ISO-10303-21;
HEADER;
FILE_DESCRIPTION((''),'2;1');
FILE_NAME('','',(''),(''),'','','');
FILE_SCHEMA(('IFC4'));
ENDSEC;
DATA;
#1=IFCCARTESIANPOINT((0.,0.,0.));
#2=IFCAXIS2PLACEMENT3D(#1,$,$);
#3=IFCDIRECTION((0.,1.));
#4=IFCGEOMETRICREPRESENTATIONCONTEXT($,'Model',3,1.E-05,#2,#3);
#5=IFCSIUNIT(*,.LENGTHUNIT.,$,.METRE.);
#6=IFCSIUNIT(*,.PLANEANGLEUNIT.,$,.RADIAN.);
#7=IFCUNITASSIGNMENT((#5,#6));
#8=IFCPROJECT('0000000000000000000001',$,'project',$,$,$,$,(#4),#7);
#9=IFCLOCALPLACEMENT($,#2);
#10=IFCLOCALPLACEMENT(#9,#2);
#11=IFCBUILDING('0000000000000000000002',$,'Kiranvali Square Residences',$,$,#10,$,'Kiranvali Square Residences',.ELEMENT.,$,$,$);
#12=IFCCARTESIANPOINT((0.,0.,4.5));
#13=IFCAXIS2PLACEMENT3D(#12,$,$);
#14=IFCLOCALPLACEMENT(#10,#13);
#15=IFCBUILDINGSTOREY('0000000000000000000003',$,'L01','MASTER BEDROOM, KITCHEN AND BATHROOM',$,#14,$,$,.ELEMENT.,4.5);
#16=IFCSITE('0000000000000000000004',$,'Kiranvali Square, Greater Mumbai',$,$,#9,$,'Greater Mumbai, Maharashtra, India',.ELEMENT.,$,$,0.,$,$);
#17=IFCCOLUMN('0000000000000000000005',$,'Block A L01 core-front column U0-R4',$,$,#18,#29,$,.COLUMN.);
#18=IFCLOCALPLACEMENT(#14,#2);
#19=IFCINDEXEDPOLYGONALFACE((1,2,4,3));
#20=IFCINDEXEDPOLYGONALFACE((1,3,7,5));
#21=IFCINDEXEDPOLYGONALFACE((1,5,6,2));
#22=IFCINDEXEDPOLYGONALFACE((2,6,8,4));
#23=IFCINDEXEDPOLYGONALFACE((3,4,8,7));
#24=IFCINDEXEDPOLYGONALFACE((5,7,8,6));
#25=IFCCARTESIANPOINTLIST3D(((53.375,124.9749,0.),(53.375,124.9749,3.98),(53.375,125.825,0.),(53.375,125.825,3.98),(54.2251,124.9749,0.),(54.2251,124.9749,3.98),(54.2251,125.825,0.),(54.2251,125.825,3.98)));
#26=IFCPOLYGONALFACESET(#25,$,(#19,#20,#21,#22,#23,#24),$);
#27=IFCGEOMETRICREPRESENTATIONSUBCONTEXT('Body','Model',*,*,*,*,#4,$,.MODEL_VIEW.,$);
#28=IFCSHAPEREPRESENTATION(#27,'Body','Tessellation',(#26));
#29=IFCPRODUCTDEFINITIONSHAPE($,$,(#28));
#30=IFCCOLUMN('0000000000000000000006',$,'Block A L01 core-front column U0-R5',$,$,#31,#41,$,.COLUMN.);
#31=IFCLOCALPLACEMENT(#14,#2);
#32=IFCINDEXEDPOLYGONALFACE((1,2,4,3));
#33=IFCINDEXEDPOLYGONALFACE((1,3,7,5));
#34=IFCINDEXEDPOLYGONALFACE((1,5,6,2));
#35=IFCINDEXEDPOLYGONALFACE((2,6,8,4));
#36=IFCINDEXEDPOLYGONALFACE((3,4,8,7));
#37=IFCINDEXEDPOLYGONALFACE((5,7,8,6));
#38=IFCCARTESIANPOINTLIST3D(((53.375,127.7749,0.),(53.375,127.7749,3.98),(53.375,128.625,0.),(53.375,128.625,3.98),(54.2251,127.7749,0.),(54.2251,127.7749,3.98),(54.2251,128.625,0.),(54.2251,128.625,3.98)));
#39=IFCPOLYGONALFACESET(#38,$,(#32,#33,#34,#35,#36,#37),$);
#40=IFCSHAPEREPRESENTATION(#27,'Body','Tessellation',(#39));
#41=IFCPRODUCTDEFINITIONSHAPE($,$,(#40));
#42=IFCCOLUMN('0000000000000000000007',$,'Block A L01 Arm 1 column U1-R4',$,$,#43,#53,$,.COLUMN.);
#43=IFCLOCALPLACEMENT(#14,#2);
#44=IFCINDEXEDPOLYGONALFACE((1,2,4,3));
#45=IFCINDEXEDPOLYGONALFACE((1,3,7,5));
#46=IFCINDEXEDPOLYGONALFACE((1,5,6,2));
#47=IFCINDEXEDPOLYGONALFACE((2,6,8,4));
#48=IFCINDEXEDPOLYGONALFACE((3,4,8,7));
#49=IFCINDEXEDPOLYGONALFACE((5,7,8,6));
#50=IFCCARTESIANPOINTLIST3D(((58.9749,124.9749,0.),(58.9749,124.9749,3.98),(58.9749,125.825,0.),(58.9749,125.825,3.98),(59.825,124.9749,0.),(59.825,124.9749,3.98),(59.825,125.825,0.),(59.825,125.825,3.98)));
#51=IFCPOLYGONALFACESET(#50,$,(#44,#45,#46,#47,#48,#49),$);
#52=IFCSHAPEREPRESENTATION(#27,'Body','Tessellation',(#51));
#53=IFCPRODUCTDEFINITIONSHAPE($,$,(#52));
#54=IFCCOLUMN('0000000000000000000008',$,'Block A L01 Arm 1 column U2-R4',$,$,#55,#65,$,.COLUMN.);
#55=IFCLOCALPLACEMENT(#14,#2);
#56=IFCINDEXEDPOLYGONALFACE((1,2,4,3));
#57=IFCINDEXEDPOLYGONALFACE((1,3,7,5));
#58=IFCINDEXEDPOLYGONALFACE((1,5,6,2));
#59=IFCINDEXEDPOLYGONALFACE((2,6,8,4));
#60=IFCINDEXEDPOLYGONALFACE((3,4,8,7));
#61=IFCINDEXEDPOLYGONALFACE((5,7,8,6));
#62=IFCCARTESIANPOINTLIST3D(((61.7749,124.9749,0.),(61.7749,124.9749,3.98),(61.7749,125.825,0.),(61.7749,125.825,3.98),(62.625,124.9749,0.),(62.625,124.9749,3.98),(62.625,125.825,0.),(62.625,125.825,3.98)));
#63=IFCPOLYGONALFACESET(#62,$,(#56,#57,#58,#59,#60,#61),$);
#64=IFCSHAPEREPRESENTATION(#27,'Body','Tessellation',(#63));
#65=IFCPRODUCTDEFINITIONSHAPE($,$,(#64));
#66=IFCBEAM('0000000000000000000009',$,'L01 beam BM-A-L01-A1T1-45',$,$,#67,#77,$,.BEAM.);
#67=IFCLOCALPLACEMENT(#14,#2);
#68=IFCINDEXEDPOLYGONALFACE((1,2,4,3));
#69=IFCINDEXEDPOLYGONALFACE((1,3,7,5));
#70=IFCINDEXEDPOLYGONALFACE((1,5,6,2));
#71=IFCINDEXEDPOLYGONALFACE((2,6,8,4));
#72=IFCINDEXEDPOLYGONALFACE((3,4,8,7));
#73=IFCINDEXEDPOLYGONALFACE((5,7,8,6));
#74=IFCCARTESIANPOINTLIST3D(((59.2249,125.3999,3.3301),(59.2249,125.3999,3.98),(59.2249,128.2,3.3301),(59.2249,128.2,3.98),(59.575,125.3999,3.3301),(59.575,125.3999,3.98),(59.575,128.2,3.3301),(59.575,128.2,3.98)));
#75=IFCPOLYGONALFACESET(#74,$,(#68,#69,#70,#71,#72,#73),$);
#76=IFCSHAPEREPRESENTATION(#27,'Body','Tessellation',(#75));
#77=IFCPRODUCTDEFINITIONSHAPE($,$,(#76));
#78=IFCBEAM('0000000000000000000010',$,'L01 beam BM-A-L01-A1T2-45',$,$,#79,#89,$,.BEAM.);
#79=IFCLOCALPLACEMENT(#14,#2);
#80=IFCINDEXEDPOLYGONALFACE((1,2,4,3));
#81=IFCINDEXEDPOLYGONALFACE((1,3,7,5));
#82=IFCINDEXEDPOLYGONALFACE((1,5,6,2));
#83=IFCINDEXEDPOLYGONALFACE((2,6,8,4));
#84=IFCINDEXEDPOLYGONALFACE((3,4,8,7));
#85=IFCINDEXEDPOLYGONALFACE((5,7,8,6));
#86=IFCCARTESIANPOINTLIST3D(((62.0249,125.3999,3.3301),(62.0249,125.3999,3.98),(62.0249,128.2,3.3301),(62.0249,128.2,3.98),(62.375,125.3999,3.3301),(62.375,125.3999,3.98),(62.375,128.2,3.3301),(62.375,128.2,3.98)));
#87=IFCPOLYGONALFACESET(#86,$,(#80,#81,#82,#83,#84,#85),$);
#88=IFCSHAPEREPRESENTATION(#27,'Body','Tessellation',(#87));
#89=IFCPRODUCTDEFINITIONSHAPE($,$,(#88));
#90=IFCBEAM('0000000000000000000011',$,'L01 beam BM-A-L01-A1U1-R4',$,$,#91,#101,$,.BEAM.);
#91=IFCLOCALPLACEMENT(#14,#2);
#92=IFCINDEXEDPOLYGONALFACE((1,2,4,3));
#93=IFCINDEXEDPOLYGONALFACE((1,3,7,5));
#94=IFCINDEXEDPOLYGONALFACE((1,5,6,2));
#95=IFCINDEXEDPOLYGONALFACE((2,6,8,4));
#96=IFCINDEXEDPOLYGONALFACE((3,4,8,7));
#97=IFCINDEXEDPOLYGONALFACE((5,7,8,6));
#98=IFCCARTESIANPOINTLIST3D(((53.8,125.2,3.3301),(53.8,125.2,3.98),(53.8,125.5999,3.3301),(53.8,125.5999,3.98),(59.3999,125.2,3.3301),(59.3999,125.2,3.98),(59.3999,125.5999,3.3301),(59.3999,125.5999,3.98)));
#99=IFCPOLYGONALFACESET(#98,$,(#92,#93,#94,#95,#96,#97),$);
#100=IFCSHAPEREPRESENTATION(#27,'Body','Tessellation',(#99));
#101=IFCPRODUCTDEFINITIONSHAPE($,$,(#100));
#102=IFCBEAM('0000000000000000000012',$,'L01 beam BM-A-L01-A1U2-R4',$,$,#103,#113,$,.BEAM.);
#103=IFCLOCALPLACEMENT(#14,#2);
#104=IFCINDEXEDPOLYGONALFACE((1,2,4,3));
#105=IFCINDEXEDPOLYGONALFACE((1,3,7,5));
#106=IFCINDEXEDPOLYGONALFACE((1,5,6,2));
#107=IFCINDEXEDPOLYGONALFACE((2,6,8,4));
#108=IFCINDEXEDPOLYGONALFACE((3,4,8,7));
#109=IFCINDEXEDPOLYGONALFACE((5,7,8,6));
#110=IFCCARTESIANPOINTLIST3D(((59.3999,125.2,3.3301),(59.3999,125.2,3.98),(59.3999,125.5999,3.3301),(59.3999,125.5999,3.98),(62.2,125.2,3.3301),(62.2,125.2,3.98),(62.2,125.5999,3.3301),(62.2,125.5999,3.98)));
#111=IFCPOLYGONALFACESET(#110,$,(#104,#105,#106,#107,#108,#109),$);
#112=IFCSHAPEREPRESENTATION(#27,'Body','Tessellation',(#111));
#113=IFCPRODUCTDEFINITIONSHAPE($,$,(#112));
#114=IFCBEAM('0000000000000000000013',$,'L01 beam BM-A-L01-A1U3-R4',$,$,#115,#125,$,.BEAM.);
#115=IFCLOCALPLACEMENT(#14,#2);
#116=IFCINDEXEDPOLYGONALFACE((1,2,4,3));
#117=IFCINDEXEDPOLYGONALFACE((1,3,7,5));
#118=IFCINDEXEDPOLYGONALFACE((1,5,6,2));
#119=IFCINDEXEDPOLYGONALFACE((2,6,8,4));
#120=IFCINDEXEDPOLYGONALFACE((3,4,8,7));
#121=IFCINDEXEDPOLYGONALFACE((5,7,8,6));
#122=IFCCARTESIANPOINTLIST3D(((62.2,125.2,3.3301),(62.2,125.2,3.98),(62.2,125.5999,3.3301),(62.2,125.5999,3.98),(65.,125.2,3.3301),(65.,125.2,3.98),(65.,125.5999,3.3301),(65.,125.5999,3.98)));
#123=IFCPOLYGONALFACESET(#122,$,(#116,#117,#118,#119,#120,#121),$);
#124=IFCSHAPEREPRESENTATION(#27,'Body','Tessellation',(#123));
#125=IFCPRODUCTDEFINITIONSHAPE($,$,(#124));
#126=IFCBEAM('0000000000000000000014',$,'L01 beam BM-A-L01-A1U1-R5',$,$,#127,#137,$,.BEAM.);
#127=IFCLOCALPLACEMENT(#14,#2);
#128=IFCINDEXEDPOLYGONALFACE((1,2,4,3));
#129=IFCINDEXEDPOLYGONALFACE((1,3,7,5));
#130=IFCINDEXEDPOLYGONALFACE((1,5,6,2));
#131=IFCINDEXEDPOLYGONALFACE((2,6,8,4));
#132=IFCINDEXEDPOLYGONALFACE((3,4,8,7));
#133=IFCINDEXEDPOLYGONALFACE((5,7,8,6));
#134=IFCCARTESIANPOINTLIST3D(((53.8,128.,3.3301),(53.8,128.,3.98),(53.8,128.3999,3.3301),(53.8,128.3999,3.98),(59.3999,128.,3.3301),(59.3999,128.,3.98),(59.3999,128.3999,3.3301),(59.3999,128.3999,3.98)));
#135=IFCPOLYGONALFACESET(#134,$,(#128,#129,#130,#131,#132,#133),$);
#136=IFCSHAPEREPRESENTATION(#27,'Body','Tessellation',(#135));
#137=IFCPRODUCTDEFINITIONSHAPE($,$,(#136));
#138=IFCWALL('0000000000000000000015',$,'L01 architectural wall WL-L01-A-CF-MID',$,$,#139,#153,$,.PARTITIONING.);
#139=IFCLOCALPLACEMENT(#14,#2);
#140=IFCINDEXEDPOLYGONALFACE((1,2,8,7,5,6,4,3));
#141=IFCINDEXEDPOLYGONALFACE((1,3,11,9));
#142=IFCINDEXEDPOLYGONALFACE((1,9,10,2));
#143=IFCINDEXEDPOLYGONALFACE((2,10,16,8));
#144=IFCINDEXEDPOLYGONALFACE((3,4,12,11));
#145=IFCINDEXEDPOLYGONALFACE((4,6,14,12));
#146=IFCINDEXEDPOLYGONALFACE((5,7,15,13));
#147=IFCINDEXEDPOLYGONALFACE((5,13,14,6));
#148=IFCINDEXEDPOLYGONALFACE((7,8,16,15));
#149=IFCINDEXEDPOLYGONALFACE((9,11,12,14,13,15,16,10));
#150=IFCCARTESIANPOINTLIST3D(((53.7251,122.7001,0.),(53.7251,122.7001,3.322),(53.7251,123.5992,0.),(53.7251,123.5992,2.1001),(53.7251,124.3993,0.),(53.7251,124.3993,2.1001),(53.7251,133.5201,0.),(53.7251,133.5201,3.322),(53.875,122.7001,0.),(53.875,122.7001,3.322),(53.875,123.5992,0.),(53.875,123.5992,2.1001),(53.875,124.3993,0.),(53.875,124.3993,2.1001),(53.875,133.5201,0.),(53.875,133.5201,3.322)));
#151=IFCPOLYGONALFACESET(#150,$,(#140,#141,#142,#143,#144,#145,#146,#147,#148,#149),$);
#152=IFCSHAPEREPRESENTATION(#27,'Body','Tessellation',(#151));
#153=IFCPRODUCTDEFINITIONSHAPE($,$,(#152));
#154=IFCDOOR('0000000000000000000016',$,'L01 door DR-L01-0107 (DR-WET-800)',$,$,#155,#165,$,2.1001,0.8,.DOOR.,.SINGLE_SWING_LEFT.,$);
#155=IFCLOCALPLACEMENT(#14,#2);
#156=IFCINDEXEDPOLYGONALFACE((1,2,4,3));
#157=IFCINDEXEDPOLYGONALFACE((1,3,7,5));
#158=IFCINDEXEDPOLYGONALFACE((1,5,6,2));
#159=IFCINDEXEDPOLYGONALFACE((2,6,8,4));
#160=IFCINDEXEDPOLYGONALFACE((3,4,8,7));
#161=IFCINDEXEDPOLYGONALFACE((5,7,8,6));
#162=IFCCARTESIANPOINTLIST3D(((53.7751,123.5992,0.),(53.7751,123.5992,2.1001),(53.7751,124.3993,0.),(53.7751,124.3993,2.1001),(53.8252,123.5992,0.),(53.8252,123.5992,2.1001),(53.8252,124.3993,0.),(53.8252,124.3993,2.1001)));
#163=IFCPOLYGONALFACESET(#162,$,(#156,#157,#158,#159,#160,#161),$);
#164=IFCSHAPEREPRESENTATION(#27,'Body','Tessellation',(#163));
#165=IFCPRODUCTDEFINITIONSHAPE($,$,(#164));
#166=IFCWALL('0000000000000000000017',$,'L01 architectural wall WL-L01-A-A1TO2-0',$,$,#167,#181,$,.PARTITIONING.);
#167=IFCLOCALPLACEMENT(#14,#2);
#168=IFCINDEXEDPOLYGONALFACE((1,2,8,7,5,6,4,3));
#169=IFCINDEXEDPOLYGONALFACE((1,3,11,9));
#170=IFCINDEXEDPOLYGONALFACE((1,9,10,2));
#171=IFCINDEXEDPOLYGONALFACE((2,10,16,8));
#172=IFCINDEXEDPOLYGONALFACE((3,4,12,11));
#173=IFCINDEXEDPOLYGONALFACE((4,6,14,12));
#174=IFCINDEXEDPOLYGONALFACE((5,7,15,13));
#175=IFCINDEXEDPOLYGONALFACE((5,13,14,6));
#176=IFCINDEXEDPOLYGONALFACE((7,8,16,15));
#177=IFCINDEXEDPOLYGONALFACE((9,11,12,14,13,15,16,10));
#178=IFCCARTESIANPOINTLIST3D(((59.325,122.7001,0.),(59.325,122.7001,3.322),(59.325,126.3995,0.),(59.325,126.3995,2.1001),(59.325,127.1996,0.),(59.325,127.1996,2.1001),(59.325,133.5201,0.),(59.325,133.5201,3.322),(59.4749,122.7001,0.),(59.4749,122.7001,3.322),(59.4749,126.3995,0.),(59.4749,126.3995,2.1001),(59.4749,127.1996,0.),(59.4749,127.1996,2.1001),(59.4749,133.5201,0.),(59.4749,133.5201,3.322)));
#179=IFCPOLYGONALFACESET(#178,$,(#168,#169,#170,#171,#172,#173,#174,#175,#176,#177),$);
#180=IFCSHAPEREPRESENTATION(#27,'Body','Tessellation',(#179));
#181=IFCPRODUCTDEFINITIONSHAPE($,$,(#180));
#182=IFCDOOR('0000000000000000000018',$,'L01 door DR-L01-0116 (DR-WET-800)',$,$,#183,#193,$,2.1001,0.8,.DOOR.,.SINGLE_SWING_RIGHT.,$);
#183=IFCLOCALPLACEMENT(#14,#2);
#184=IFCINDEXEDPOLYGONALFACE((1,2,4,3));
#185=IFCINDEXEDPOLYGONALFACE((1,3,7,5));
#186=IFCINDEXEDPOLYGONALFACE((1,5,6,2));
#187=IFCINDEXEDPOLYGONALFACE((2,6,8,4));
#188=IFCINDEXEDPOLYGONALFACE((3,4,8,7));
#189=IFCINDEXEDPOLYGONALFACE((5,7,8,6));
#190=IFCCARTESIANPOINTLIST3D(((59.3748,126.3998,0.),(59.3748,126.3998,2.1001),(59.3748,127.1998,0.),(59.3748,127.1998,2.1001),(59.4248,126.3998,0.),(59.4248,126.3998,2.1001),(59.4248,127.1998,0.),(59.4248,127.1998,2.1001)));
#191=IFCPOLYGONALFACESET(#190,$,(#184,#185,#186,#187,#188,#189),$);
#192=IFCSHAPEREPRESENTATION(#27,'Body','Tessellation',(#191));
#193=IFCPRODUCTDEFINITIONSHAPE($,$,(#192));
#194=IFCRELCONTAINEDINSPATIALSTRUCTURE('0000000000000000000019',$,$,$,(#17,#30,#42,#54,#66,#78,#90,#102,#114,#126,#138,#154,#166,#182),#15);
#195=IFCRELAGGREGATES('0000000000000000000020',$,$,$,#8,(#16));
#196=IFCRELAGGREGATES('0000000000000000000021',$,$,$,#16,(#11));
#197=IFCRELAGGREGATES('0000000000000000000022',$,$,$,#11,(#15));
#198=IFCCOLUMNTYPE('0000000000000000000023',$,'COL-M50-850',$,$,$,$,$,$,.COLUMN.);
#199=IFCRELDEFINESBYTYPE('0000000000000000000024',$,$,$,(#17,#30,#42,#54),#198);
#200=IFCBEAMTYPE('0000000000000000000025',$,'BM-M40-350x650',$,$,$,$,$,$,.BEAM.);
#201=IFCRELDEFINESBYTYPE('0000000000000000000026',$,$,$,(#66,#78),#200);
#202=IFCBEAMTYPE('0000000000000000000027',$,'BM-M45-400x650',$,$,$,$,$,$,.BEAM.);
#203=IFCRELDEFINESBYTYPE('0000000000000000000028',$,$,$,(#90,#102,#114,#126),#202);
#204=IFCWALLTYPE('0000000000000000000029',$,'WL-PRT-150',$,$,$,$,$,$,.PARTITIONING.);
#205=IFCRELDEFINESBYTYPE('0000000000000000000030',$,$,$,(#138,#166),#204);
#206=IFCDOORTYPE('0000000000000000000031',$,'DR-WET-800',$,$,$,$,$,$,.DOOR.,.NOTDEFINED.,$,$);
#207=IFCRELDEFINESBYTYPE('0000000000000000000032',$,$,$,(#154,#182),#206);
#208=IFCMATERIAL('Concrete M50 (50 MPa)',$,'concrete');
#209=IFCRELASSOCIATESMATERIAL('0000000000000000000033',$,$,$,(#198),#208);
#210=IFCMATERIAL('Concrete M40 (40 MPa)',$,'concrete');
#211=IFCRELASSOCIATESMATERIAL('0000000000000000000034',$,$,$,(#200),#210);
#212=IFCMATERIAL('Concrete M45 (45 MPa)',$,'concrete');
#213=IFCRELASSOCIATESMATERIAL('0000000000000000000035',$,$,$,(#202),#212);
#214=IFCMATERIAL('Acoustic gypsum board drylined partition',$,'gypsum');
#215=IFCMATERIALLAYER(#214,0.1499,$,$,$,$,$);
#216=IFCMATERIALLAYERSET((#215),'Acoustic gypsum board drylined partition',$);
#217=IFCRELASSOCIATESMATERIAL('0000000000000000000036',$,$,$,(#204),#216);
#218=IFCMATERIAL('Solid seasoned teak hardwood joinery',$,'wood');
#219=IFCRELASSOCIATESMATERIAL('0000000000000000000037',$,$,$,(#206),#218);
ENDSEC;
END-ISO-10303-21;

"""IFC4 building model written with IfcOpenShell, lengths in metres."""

from ifc_helpers import new_model, si_unit, direction, frame, frame_2d, origin, origin_2d, place, context, subcontext, project, spatial, rectangle, extrude, material, layer, layer_set, material_profile, profile_set, type_object, element, fill, save


model = new_model("IFC4")

# Units and contexts
model_context = context("Model", 3, precision=1e-05, world=origin(), true_north=direction((0.0, 1.0)))
body_context = subcontext(model_context, "Body", "Model", "MODEL_VIEW")
ifc_project = project(units=[si_unit("LENGTHUNIT", "METRE"), si_unit("PLANEANGLEUNIT", "RADIAN")], contexts=[model_context])

# Site, building, storey
site_placement = place(None, origin())
site = spatial("IfcSite", under=ifc_project, at=site_placement, Name="Kiranvali Square, Greater Mumbai", LongName="Greater Mumbai, Maharashtra, India", CompositionType="ELEMENT", RefElevation=0.0)
building_placement = place(site_placement, origin())
building = spatial("IfcBuilding", under=site, at=building_placement, Name="Kiranvali Square Residences", LongName="Kiranvali Square Residences", CompositionType="ELEMENT")
storey_placement = place(building_placement, frame((0.0, 0.0, 4.5)))
storey = spatial("IfcBuildingStorey", under=building, at=storey_placement, Name="L01", Description="MASTER BEDROOM, KITCHEN AND BATHROOM", CompositionType="ELEMENT", Elevation=4.5)

# Columns
ifc_material_1 = material(Name="Concrete M50 (50 MPa)", Category="concrete")
ifc_material_profile_1 = material_profile(ifc_material_1, rectangle(XDim=0.8501, YDim=0.8501, at=origin_2d()), Name="RC 850x850")
ifc_profile_set_1 = profile_set([ifc_material_profile_1], Name="Concrete M50 (50 MPa)")
column_type = type_object("IfcColumnType", Name="COL-M50-850", PredefinedType="COLUMN", material=ifc_profile_set_1)
for number, where, z_axis, x_axis, name in (
    (1, (53.8, 125.3999, 0.0), (0.0, 0.0, 1.0), (1.0, 0.0, 0.0), "Block A L01 core-front column U0-R4"),
    (2, (53.8, 128.2, 0.0), (0.0, 0.0, 1.0), (1.0, 0.0, 0.0), "Block A L01 core-front column U0-R5"),
    (3, (59.3999, 125.3999, 0.0), (0.0, 0.0, 1.0), (1.0, 0.0, 0.0), "Block A L01 Arm 1 column U1-R4"),
    (4, (62.2, 125.3999, 0.0), (0.0, 0.0, 1.0), (1.0, 0.0, 0.0), "Block A L01 Arm 1 column U2-R4"),
):
    element("IfcColumn", number, at=place(storey_placement, frame(where, z_axis=z_axis, x_axis=x_axis)), inside=storey, type_object=column_type, Name=name, PredefinedType="COLUMN", context=body_context, shape_type="SweptSolid", body=[
        extrude(rectangle(XDim=0.8501, YDim=0.8501, at=origin_2d()), origin(), (0.0, 0.0, 1.0), 3.98),
    ])

# Beams
ifc_material_2 = material(Name="Concrete M40 (40 MPa)", Category="concrete")
ifc_material_profile_2 = material_profile(ifc_material_2, rectangle(XDim=0.3501, YDim=0.6499, at=origin_2d()), Name="RC 350x650")
ifc_profile_set_2 = profile_set([ifc_material_profile_2], Name="Concrete M40 (40 MPa)")
beam_type_1 = type_object("IfcBeamType", Name="BM-M40-350x650", PredefinedType="BEAM", material=ifc_profile_set_2)
for number, where, z_axis, x_axis, name in (
    (5, (59.3999, 125.3999, 3.655), (0.0, 1.0, 0.0), (-1.0, 0.0, 0.0), "L01 beam BM-A-L01-A1T1-45"),
    (6, (62.2, 125.3999, 3.655), (0.0, 1.0, 0.0), (-1.0, 0.0, 0.0), "L01 beam BM-A-L01-A1T2-45"),
):
    element("IfcBeam", number, at=place(storey_placement, frame(where, z_axis=z_axis, x_axis=x_axis)), inside=storey, type_object=beam_type_1, Name=name, PredefinedType="BEAM", context=body_context, shape_type="SweptSolid", body=[
        extrude(rectangle(XDim=0.3501, YDim=0.6499, at=origin_2d()), origin(), (0.0, 0.0, 1.0), 2.8),
    ])
ifc_material_3 = material(Name="Concrete M45 (45 MPa)", Category="concrete")
ifc_material_profile_3 = material_profile(ifc_material_3, rectangle(XDim=0.3999, YDim=0.6499, at=origin_2d()), Name="RC 400x650")
ifc_profile_set_3 = profile_set([ifc_material_profile_3], Name="Concrete M45 (45 MPa)")
beam_type_2 = type_object("IfcBeamType", Name="BM-M45-400x650", PredefinedType="BEAM", material=ifc_profile_set_3)
beam_1_placement = place(storey_placement, frame((53.8, 125.3999, 3.655), z_axis=(1.0, 0.0, 0.0), x_axis=(0.0, 1.0, 0.0)))
element("IfcBeam", 7, at=beam_1_placement, inside=storey, type_object=beam_type_2, Name="L01 beam BM-A-L01-A1U1-R4", PredefinedType="BEAM", context=body_context, shape_type="SweptSolid", body=[
    extrude(rectangle(XDim=0.3999, YDim=0.6499, at=origin_2d()), origin(), (0.0, 0.0, 1.0), 5.5999),
])
for number, where, z_axis, x_axis, name in (
    (8, (59.3999, 125.3999, 3.655), (1.0, 0.0, 0.0), (0.0, 1.0, 0.0), "L01 beam BM-A-L01-A1U2-R4"),
    (9, (62.2, 125.3999, 3.655), (1.0, 0.0, 0.0), (0.0, 1.0, 0.0), "L01 beam BM-A-L01-A1U3-R4"),
):
    element("IfcBeam", number, at=place(storey_placement, frame(where, z_axis=z_axis, x_axis=x_axis)), inside=storey, type_object=beam_type_2, Name=name, PredefinedType="BEAM", context=body_context, shape_type="SweptSolid", body=[
        extrude(rectangle(XDim=0.3999, YDim=0.6499, at=origin_2d()), origin(), (0.0, 0.0, 1.0), 2.8),
    ])
beam_2_placement = place(storey_placement, frame((53.8, 128.2, 3.655), z_axis=(1.0, 0.0, 0.0), x_axis=(0.0, 1.0, 0.0)))
element("IfcBeam", 10, at=beam_2_placement, inside=storey, type_object=beam_type_2, Name="L01 beam BM-A-L01-A1U1-R5", PredefinedType="BEAM", context=body_context, shape_type="SweptSolid", body=[
    extrude(rectangle(XDim=0.3999, YDim=0.6499, at=origin_2d()), origin(), (0.0, 0.0, 1.0), 5.5999),
])

# Walls, openings, doors
ifc_material_4 = material(Name="Acoustic gypsum board drylined partition", Category="gypsum")
ifc_layer_1 = layer(ifc_material_4, 0.1499)
ifc_layer_set_1 = layer_set([ifc_layer_1], Name="Acoustic gypsum board drylined partition")
wall_type_1 = type_object("IfcWallType", Name="WL-PRT-150", PredefinedType="PARTITIONING", material=ifc_layer_set_1)
wall_1_placement = place(storey_placement, frame((53.8, 122.7, 0.0), z_axis=(0.0, 0.0, 1.0), x_axis=(0.0, 1.0, 0.0)))
wall_1 = element("IfcWall", 11, at=wall_1_placement, inside=storey, type_object=wall_type_1, Name="L01 architectural wall WL-L01-A-CF-MID", PredefinedType="PARTITIONING", context=body_context, shape_type="SweptSolid", body=[
    extrude(rectangle(XDim=10.8201, YDim=0.1499, at=frame_2d((5.4102, 0.0))), origin(), (0.0, 0.0, 1.0), 3.322),
])
opening_1_placement = place(wall_1_placement, frame((0.8994, 0.0, 0.0)))
opening_1 = element("IfcOpeningElement", 12, at=opening_1_placement, cuts=wall_1, PredefinedType="OPENING", context=body_context, shape_type="SweptSolid", body=[
    extrude(rectangle(XDim=0.8, YDim=2.1001, at=frame_2d((0.3999, 1.05))), frame((0.0, 0.085, 0.0), z_axis=(0.0, -1.0, 0.0), x_axis=(1.0, 0.0, 0.0)), (0.0, 0.0, 1.0), 0.1699),
])
ifc_material_5 = material(Name="Solid seasoned teak hardwood joinery", Category="wood")
door_type_1 = type_object("IfcDoorType", Name="DR-WET-800", OperationType="NOTDEFINED", PredefinedType="DOOR", material=ifc_material_5)
door_1_placement = place(opening_1_placement, origin())
door_1 = element("IfcDoor", 13, at=door_1_placement, inside=storey, type_object=door_type_1, Name="L01 door DR-L01-0107 (DR-WET-800)", OperationType="SINGLE_SWING_LEFT", OverallHeight=2.1001, OverallWidth=0.8, PredefinedType="DOOR", context=body_context, shape_type="SweptSolid", body=[
    extrude(rectangle(XDim=0.8, YDim=2.1001, at=frame_2d((0.3999, 1.05))), frame((0.0, 0.0249, 0.0), z_axis=(0.0, -1.0, 0.0), x_axis=(1.0, 0.0, 0.0)), (0.0, 0.0, 1.0), 0.05),
])
fill(opening_1, door_1)
wall_2_placement = place(storey_placement, frame((59.3999, 122.7, 0.0), z_axis=(0.0, 0.0, 1.0), x_axis=(0.0, 1.0, 0.0)))
wall_2 = element("IfcWall", 14, at=wall_2_placement, inside=storey, type_object=wall_type_1, Name="L01 architectural wall WL-L01-A-A1TO2-0", PredefinedType="PARTITIONING", context=body_context, shape_type="SweptSolid", body=[
    extrude(rectangle(XDim=10.8201, YDim=0.1499, at=frame_2d((5.4102, 0.0))), origin(), (0.0, 0.0, 1.0), 3.322),
])
opening_2_placement = place(wall_2_placement, frame((3.6997, 0.0, 0.0)))
opening_2 = element("IfcOpeningElement", 15, at=opening_2_placement, cuts=wall_2, PredefinedType="OPENING", context=body_context, shape_type="SweptSolid", body=[
    extrude(rectangle(XDim=0.8, YDim=2.1001, at=frame_2d((0.3999, 1.05))), frame((0.0, 0.085, 0.0), z_axis=(0.0, -1.0, 0.0), x_axis=(1.0, 0.0, 0.0)), (0.0, 0.0, 1.0), 0.1699),
])
door_2_placement = place(opening_2_placement, frame((0.8, 0.0, 0.0), z_axis=(0.0, 0.0, 1.0), x_axis=(-1.0, 0.0, 0.0)))
door_2 = element("IfcDoor", 16, at=door_2_placement, inside=storey, type_object=door_type_1, Name="L01 door DR-L01-0116 (DR-WET-800)", OperationType="SINGLE_SWING_RIGHT", OverallHeight=2.1001, OverallWidth=0.8, PredefinedType="DOOR", context=body_context, shape_type="SweptSolid", body=[
    extrude(rectangle(XDim=0.8, YDim=2.1001, at=frame_2d((0.3999, 1.05))), frame((0.0, 0.0249, 0.0), z_axis=(0.0, -1.0, 0.0), x_axis=(1.0, 0.0, 0.0)), (0.0, 0.0, 1.0), 0.05),
])
fill(opening_2, door_2)

save(model, "model.ifc")
